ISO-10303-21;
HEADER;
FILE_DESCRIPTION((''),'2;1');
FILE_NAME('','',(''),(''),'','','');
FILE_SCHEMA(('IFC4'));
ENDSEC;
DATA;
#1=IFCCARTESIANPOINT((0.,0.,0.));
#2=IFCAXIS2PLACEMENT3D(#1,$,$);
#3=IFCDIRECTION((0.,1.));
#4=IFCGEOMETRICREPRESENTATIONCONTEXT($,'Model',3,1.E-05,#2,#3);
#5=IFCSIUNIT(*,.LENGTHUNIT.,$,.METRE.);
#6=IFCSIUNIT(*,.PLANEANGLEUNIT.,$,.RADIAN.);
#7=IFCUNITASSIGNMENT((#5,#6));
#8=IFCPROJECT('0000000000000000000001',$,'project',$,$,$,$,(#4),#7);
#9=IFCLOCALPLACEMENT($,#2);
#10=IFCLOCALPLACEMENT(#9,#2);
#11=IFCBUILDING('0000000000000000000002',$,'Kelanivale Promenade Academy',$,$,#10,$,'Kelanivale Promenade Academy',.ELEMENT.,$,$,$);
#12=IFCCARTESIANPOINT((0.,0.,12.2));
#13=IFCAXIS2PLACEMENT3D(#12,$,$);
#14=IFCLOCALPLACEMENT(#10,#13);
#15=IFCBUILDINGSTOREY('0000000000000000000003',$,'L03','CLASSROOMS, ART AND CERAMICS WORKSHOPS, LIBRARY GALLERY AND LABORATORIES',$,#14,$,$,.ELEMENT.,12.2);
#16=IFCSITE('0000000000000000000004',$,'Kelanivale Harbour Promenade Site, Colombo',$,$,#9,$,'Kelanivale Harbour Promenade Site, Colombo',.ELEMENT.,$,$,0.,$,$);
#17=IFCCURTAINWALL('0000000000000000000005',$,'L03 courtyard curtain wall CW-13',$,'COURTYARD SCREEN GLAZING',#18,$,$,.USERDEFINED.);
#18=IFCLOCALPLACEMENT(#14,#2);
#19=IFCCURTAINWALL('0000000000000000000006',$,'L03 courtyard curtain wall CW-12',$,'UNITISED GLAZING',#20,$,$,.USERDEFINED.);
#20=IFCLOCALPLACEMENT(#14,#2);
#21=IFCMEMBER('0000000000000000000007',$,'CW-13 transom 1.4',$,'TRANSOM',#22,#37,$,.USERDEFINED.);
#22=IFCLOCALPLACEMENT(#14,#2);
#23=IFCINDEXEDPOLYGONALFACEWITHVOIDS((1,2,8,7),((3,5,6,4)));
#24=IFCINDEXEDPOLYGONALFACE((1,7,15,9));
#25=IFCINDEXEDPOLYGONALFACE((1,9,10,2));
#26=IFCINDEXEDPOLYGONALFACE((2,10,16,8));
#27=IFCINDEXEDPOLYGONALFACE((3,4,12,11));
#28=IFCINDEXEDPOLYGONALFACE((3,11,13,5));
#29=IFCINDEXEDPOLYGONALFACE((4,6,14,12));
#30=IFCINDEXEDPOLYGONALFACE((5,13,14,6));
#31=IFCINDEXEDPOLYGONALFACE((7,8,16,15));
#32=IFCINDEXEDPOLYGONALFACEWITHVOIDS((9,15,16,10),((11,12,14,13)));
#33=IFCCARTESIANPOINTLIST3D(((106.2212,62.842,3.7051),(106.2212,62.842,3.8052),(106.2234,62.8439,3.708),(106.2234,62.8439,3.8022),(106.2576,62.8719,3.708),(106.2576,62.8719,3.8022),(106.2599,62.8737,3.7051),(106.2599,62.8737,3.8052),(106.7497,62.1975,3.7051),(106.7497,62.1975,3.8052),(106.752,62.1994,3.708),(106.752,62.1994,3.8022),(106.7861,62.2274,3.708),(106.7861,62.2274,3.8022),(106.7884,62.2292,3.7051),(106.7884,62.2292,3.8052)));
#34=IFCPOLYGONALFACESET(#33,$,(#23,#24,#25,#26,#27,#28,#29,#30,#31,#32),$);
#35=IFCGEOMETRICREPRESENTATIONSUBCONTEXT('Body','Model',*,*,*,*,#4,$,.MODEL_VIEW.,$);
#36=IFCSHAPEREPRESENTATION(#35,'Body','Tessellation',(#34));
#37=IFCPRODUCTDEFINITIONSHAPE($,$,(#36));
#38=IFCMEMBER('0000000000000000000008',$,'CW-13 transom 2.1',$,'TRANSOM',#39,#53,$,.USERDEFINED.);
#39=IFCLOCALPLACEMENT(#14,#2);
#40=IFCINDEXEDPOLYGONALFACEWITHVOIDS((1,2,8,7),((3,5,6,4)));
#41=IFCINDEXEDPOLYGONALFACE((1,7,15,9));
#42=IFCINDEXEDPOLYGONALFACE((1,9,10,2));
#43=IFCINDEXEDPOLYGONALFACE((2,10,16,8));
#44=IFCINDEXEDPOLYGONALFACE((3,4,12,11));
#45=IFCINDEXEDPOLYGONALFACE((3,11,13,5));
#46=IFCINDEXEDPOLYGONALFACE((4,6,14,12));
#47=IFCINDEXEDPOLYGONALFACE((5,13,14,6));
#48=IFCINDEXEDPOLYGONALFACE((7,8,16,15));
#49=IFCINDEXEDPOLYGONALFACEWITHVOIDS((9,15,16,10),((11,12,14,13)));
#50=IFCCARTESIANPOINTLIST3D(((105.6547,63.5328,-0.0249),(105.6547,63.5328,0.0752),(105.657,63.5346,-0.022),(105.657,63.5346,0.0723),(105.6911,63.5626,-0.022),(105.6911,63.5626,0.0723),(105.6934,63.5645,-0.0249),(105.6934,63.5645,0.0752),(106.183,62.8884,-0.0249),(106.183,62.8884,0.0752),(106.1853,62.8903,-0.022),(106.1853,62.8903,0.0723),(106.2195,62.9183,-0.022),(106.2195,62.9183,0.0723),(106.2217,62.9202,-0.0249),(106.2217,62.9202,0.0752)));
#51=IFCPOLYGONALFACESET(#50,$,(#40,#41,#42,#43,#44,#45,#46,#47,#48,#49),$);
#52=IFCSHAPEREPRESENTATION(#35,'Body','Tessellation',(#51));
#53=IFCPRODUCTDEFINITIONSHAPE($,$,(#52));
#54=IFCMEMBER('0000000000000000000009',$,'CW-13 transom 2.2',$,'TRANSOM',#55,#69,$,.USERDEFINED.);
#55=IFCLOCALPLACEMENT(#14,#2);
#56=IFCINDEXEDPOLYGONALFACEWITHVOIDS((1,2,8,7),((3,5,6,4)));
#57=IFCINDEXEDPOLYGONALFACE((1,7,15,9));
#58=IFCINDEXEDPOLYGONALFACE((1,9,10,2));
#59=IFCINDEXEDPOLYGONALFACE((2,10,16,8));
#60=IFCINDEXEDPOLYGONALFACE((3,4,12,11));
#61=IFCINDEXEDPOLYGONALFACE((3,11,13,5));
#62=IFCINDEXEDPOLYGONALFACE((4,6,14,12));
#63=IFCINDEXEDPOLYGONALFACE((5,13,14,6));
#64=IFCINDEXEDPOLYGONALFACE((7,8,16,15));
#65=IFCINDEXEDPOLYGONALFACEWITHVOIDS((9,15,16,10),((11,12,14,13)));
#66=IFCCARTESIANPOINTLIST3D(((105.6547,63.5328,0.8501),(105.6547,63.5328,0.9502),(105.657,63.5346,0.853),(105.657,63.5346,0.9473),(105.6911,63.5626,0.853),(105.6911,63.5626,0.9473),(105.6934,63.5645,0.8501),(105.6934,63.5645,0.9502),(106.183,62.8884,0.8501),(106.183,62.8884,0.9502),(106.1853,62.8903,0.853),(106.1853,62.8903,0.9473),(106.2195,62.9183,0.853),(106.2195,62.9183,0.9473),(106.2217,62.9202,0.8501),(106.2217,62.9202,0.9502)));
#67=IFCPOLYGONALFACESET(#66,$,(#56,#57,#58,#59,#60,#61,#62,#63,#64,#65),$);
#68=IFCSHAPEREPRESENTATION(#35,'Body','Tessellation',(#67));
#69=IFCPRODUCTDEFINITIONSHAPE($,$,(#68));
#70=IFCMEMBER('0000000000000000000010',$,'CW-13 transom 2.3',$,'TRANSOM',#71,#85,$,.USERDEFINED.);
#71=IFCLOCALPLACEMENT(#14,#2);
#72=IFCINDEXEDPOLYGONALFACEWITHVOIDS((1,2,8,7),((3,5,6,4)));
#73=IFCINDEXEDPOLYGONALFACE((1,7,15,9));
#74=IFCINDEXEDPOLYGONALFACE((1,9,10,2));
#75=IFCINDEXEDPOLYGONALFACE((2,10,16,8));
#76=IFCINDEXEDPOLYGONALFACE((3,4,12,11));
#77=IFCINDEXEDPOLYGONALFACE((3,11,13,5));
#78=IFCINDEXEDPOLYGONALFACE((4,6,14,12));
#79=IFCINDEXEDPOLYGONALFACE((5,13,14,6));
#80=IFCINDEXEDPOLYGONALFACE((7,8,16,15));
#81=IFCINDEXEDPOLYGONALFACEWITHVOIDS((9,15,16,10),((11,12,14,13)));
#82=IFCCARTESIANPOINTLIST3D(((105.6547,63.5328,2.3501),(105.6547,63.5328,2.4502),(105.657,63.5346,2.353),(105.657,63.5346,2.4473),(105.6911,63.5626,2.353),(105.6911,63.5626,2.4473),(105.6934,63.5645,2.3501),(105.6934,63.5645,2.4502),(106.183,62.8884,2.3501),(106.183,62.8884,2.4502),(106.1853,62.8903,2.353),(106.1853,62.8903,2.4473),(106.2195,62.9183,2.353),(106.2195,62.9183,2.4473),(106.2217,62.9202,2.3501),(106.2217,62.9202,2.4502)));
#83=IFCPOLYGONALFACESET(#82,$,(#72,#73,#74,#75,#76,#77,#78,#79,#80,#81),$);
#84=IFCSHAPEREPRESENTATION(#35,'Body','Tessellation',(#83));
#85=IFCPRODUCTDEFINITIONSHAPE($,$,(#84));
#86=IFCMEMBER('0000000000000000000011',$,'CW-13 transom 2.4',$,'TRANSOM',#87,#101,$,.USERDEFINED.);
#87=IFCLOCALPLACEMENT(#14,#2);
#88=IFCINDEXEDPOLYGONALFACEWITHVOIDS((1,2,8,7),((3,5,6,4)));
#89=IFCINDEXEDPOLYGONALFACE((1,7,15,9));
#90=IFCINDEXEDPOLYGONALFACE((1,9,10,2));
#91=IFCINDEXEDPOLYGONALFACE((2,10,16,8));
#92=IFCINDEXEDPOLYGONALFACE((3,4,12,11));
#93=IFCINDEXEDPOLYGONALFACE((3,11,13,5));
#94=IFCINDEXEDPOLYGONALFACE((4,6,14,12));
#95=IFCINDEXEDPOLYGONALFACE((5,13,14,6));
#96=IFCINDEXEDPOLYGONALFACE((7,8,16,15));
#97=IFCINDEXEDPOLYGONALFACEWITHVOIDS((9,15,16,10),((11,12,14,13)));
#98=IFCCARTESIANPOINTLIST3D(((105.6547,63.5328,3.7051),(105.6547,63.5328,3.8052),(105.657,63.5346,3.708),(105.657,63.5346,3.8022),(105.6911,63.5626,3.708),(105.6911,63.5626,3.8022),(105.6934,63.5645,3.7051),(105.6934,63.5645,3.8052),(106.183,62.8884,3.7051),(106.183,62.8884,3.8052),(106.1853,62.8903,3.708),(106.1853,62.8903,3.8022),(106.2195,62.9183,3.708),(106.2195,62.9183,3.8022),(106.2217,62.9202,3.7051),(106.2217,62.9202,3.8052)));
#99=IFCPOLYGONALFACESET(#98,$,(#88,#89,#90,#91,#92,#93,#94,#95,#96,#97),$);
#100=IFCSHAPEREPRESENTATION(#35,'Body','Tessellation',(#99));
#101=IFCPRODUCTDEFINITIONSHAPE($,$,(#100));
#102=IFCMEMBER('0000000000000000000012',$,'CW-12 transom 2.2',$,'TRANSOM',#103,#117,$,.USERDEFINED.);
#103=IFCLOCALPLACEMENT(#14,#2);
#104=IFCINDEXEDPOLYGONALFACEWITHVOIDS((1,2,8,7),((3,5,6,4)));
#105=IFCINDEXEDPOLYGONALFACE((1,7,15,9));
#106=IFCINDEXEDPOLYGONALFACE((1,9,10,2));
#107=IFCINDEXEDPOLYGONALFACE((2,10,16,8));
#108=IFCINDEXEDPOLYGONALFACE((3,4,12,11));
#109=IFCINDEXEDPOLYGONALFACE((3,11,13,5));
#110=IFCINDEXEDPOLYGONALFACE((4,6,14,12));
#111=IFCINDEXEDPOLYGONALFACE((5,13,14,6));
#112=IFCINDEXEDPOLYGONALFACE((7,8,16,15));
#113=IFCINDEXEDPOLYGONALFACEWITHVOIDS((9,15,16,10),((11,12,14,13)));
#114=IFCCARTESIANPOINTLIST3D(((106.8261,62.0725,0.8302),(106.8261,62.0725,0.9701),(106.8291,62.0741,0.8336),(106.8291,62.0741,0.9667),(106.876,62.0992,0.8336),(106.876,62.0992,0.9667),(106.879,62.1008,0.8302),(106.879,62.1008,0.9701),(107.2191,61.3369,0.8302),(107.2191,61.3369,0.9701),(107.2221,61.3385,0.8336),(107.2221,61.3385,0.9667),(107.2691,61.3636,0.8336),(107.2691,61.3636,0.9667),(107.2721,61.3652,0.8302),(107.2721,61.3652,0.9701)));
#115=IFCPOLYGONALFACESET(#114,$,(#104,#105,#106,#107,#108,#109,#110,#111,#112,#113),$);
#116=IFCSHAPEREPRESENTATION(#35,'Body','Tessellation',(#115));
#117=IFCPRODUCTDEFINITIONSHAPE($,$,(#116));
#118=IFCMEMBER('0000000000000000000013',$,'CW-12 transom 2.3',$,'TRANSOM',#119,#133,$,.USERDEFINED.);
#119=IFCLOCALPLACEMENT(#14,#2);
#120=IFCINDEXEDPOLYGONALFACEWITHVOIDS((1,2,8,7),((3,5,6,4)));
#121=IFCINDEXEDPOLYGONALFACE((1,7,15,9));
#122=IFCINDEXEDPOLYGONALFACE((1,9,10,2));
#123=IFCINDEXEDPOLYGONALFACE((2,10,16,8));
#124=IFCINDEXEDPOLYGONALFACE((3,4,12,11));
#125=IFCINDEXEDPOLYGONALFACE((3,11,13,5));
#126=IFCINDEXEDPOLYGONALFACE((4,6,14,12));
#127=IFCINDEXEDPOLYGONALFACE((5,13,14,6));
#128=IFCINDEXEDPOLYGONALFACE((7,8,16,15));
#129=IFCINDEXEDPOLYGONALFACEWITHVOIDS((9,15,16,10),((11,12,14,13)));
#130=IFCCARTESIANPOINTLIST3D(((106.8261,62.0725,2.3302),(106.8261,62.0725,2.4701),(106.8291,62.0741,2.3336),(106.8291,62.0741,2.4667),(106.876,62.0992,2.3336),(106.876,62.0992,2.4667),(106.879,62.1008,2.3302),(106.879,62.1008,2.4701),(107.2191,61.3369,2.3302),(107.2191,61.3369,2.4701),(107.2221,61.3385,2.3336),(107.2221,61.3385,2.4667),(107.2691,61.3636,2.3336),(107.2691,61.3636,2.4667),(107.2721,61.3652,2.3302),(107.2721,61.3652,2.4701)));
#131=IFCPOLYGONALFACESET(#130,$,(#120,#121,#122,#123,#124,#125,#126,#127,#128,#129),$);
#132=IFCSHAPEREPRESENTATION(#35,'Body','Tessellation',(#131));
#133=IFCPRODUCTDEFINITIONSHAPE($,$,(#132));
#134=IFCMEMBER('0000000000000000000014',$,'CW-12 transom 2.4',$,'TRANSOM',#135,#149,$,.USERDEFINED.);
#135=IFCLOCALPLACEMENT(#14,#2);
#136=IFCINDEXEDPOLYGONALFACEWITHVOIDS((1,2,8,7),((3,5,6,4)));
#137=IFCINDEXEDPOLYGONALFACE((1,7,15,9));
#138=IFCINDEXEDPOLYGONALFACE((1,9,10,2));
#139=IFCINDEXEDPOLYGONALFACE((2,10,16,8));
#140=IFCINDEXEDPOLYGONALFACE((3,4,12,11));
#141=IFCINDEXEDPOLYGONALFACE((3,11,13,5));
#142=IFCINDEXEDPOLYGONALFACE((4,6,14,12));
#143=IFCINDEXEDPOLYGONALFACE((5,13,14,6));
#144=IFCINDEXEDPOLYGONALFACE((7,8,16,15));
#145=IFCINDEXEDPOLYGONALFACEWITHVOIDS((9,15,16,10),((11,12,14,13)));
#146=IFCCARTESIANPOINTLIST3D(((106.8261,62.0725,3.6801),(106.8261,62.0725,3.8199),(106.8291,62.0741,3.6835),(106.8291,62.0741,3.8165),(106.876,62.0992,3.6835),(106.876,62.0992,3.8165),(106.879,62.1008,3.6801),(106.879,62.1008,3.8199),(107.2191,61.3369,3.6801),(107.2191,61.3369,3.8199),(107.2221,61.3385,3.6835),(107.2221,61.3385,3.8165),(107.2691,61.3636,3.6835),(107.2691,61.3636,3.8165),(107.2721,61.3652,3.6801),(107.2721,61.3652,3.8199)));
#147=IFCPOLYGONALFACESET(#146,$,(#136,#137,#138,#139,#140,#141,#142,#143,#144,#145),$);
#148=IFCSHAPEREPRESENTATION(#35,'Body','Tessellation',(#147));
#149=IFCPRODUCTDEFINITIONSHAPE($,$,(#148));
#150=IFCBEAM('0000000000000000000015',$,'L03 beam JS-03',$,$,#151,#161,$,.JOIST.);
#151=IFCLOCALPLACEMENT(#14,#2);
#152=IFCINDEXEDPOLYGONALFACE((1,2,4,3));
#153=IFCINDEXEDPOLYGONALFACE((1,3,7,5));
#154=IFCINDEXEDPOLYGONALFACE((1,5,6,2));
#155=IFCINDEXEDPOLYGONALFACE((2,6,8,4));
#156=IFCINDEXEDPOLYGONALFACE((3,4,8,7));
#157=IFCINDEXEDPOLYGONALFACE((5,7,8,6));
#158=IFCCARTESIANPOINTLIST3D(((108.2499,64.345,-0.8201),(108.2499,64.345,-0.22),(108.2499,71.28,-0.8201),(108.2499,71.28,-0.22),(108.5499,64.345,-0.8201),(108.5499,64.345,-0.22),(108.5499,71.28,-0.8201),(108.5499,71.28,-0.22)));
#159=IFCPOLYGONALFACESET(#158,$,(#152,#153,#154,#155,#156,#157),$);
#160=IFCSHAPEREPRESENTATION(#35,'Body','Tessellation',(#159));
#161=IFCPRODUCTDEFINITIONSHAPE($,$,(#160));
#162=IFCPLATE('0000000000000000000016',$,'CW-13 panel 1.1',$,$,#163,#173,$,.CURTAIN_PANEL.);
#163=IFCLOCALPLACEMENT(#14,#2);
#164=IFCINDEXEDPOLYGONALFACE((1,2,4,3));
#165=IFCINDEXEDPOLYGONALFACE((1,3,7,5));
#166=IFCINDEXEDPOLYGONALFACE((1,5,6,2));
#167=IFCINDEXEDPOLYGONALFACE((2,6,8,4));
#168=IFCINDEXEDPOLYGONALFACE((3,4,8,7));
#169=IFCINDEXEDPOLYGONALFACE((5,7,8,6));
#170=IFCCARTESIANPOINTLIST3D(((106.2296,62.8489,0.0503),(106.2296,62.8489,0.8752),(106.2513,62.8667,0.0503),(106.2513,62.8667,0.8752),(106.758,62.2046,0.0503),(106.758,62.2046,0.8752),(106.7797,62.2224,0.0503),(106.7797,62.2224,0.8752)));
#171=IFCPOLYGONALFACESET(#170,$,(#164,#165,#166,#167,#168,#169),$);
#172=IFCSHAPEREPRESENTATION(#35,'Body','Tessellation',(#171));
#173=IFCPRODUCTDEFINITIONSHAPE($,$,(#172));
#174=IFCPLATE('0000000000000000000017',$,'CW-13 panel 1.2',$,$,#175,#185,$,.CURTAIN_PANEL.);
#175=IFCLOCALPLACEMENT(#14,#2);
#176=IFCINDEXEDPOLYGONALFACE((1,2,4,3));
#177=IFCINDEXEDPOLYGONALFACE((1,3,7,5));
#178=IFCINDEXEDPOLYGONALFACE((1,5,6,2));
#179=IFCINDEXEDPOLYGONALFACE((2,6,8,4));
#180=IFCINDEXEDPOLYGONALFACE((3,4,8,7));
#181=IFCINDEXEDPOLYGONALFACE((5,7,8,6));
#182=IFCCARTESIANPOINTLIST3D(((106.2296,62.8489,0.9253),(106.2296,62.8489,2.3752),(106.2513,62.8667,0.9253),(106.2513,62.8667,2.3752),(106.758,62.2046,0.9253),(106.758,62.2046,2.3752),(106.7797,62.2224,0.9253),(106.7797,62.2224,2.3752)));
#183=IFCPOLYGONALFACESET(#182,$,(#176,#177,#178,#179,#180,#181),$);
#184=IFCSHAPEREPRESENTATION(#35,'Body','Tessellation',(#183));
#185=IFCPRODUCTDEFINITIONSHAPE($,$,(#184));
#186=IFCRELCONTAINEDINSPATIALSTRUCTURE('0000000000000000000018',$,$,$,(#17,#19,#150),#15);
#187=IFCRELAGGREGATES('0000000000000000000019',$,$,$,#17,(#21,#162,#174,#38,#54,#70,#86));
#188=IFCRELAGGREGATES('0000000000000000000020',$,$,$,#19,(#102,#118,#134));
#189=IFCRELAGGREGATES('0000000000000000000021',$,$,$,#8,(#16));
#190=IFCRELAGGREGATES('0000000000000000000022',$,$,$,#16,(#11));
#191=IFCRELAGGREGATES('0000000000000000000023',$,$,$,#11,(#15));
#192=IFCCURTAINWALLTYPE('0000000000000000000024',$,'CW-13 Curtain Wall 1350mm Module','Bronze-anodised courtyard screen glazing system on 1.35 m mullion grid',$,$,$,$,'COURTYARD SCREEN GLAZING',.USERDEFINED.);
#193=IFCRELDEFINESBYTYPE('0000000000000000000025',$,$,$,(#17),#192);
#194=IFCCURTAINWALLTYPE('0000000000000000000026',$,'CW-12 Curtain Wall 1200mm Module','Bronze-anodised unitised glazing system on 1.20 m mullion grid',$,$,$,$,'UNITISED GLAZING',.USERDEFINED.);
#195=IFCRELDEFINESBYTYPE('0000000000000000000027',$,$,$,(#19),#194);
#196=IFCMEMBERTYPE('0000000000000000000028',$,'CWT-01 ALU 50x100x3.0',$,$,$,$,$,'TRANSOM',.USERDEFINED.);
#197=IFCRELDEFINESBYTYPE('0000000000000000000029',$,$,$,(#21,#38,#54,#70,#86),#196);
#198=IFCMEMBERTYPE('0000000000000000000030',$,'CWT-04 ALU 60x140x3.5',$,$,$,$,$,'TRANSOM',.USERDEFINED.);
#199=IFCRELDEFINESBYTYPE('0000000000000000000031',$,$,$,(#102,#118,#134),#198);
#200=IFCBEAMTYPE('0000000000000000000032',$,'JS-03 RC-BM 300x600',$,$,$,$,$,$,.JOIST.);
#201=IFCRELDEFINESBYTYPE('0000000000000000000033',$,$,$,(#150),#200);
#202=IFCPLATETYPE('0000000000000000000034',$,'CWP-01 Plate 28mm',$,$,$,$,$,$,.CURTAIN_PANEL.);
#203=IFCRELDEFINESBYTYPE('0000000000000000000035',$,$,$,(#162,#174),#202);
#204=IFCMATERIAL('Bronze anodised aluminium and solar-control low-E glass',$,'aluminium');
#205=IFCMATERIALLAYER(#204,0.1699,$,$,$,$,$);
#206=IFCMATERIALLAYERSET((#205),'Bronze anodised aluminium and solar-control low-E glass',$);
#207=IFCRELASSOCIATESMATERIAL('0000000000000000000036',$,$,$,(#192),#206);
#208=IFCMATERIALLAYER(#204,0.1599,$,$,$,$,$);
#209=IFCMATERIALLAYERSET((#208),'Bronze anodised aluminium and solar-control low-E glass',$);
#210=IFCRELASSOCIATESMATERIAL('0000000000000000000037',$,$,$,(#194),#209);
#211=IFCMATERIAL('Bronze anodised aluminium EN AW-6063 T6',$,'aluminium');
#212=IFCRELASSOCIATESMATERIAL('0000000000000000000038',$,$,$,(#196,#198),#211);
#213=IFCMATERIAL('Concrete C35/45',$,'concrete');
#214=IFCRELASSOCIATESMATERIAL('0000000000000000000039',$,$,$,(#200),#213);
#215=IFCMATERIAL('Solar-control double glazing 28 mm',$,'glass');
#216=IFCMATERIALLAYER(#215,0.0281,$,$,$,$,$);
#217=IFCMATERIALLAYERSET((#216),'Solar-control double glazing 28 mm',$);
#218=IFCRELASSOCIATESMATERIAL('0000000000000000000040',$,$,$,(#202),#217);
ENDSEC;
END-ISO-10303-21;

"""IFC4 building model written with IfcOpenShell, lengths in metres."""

from ifc_helpers import new_model, si_unit, direction, frame, origin, origin_2d, place, context, subcontext, project, spatial, rectangle, hollow_rectangle, extrude, material, layer, layer_set, material_profile, profile_set, type_object, element, aggregate, save


model = new_model("IFC4")

# Units and contexts
model_context = context("Model", 3, precision=1e-05, world=origin(), true_north=direction((0.0, 1.0)))
body_context = subcontext(model_context, "Body", "Model", "MODEL_VIEW")
ifc_project = project(units=[si_unit("LENGTHUNIT", "METRE"), si_unit("PLANEANGLEUNIT", "RADIAN")], contexts=[model_context])

# Site, building, storey
site_placement = place(None, origin())
site = spatial("IfcSite", under=ifc_project, at=site_placement, Name="Kelanivale Harbour Promenade Site, Colombo", LongName="Kelanivale Harbour Promenade Site, Colombo", CompositionType="ELEMENT", RefElevation=0.0)
building_placement = place(site_placement, origin())
building = spatial("IfcBuilding", under=site, at=building_placement, Name="Kelanivale Promenade Academy", LongName="Kelanivale Promenade Academy", CompositionType="ELEMENT")
storey_placement = place(building_placement, frame((0.0, 0.0, 12.2)))
storey = spatial("IfcBuildingStorey", under=building, at=storey_placement, Name="L03", Description="CLASSROOMS, ART AND CERAMICS WORKSHOPS, LIBRARY GALLERY AND LABORATORIES", CompositionType="ELEMENT", Elevation=12.2)

# Shared definitions
ifc_material_1 = material(Name="Concrete C35/45", Category="concrete")

# Curtain wall
ifc_material_2 = material(Name="Bronze anodised aluminium and solar-control low-E glass", Category="aluminium")
ifc_layer_1 = layer(ifc_material_2, 0.1699)
ifc_layer_set_1 = layer_set([ifc_layer_1], Name="Bronze anodised aluminium and solar-control low-E glass")
curtain_wall_type_1 = type_object("IfcCurtainWallType", Name="CW-13 Curtain Wall 1350mm Module", Description="Bronze-anodised courtyard screen glazing system on 1.35 m mullion grid", ElementType="COURTYARD SCREEN GLAZING", PredefinedType="USERDEFINED", material=ifc_layer_set_1)
curtain_wall_1_placement = place(storey_placement, origin())
curtain_wall_1 = element("IfcCurtainWall", 1, at=curtain_wall_1_placement, inside=storey, type_object=curtain_wall_type_1, Name="L03 courtyard curtain wall CW-13", ObjectType="COURTYARD SCREEN GLAZING", PredefinedType="USERDEFINED")
ifc_material_3 = material(Name="Bronze anodised aluminium EN AW-6063 T6", Category="aluminium")

# Curtain wall
ifc_layer_2 = layer(ifc_material_2, 0.1599)
ifc_layer_set_2 = layer_set([ifc_layer_2], Name="Bronze anodised aluminium and solar-control low-E glass")
curtain_wall_type_2 = type_object("IfcCurtainWallType", Name="CW-12 Curtain Wall 1200mm Module", Description="Bronze-anodised unitised glazing system on 1.20 m mullion grid", ElementType="UNITISED GLAZING", PredefinedType="USERDEFINED", material=ifc_layer_set_2)
curtain_wall_2_placement = place(storey_placement, origin())
curtain_wall_2 = element("IfcCurtainWall", 2, at=curtain_wall_2_placement, inside=storey, type_object=curtain_wall_type_2, Name="L03 courtyard curtain wall CW-12", ObjectType="UNITISED GLAZING", PredefinedType="USERDEFINED")

# Members
ifc_material_profile_1 = material_profile(ifc_material_3, hollow_rectangle(XDim=0.05, YDim=0.1001, WallThickness=0.0029, at=origin_2d()), Name="ALU 50x100x3.0")
ifc_profile_set_1 = profile_set([ifc_material_profile_1], Name="Bronze anodised aluminium EN AW-6063 T6")
member_type_1 = type_object("IfcMemberType", Name="CWT-01 ALU 50x100x3.0", ElementType="TRANSOM", PredefinedType="USERDEFINED", material=ifc_profile_set_1)
member_1_placement = place(storey_placement, frame((106.769, 62.2134, 3.7551), z_axis=(-0.634115, 0.773239, 0.0), x_axis=(-0.773239, -0.634115, 0.0)))
member_1 = element("IfcMember", 3, at=member_1_placement, type_object=member_type_1, Name="CW-13 transom 1.4", ObjectType="TRANSOM", PredefinedType="USERDEFINED", context=body_context, shape_type="SweptSolid", body=[
    extrude(hollow_rectangle(XDim=0.05, YDim=0.1001, WallThickness=0.0029, at=origin_2d()), origin(), (0.0, 0.0, 1.0), 0.8335),
])
member_2_placement = place(storey_placement, frame((106.2024, 62.9043, 0.0251), z_axis=(-0.634083, 0.773265, 0.0), x_axis=(-0.773265, -0.634083, 0.0)))
member_2 = element("IfcMember", 4, at=member_2_placement, type_object=member_type_1, Name="CW-13 transom 2.1", ObjectType="TRANSOM", PredefinedType="USERDEFINED", context=body_context, shape_type="SweptSolid", body=[
    extrude(hollow_rectangle(XDim=0.05, YDim=0.1001, WallThickness=0.0029, at=origin_2d()), origin(), (0.0, 0.0, 1.0), 0.8333),
])
member_3_placement = place(storey_placement, frame((106.2024, 62.9043, 0.9001), z_axis=(-0.634083, 0.773265, 0.0), x_axis=(-0.773265, -0.634083, 0.0)))
member_3 = element("IfcMember", 5, at=member_3_placement, type_object=member_type_1, Name="CW-13 transom 2.2", ObjectType="TRANSOM", PredefinedType="USERDEFINED", context=body_context, shape_type="SweptSolid", body=[
    extrude(hollow_rectangle(XDim=0.05, YDim=0.1001, WallThickness=0.0029, at=origin_2d()), origin(), (0.0, 0.0, 1.0), 0.8333),
])
member_4_placement = place(storey_placement, frame((106.2024, 62.9043, 2.4001), z_axis=(-0.634083, 0.773265, 0.0), x_axis=(-0.773265, -0.634083, 0.0)))
member_4 = element("IfcMember", 6, at=member_4_placement, type_object=member_type_1, Name="CW-13 transom 2.3", ObjectType="TRANSOM", PredefinedType="USERDEFINED", context=body_context, shape_type="SweptSolid", body=[
    extrude(hollow_rectangle(XDim=0.05, YDim=0.1001, WallThickness=0.0029, at=origin_2d()), origin(), (0.0, 0.0, 1.0), 0.8333),
])
member_5_placement = place(storey_placement, frame((106.2024, 62.9043, 3.7551), z_axis=(-0.634083, 0.773265, 0.0), x_axis=(-0.773265, -0.634083, 0.0)))
member_5 = element("IfcMember", 7, at=member_5_placement, type_object=member_type_1, Name="CW-13 transom 2.4", ObjectType="TRANSOM", PredefinedType="USERDEFINED", context=body_context, shape_type="SweptSolid", body=[
    extrude(hollow_rectangle(XDim=0.05, YDim=0.1001, WallThickness=0.0029, at=origin_2d()), origin(), (0.0, 0.0, 1.0), 0.8333),
])
ifc_material_profile_2 = material_profile(ifc_material_3, hollow_rectangle(XDim=0.0601, YDim=0.1399, WallThickness=0.0034, at=origin_2d()), Name="ALU 60x140x3.5")
ifc_profile_set_2 = profile_set([ifc_material_profile_2], Name="Bronze anodised aluminium EN AW-6063 T6")
member_type_2 = type_object("IfcMemberType", Name="CWT-04 ALU 60x140x3.5", ElementType="TRANSOM", PredefinedType="USERDEFINED", material=ifc_profile_set_2)
member_6_placement = place(storey_placement, frame((107.2456, 61.3511, 0.9001), z_axis=(-0.471287, 0.88198, 0.0), x_axis=(-0.88198, -0.471287, 0.0)))
member_6 = element("IfcMember", 8, at=member_6_placement, type_object=member_type_2, Name="CW-12 transom 2.2", ObjectType="TRANSOM", PredefinedType="USERDEFINED", context=body_context, shape_type="SweptSolid", body=[
    extrude(hollow_rectangle(XDim=0.0601, YDim=0.1399, WallThickness=0.0034, at=origin_2d()), origin(), (0.0, 0.0, 1.0), 0.834),
])
member_7_placement = place(storey_placement, frame((107.2456, 61.3511, 2.4001), z_axis=(-0.471287, 0.88198, 0.0), x_axis=(-0.88198, -0.471287, 0.0)))
member_7 = element("IfcMember", 9, at=member_7_placement, type_object=member_type_2, Name="CW-12 transom 2.3", ObjectType="TRANSOM", PredefinedType="USERDEFINED", context=body_context, shape_type="SweptSolid", body=[
    extrude(hollow_rectangle(XDim=0.0601, YDim=0.1399, WallThickness=0.0034, at=origin_2d()), origin(), (0.0, 0.0, 1.0), 0.834),
])
member_8_placement = place(storey_placement, frame((107.2456, 61.3511, 3.75), z_axis=(-0.471287, 0.88198, 0.0), x_axis=(-0.88198, -0.471287, 0.0)))
member_8 = element("IfcMember", 10, at=member_8_placement, type_object=member_type_2, Name="CW-12 transom 2.4", ObjectType="TRANSOM", PredefinedType="USERDEFINED", context=body_context, shape_type="SweptSolid", body=[
    extrude(hollow_rectangle(XDim=0.0601, YDim=0.1399, WallThickness=0.0034, at=origin_2d()), origin(), (0.0, 0.0, 1.0), 0.834),
])

# Beam
ifc_material_profile_3 = material_profile(ifc_material_1, rectangle(XDim=0.3, YDim=0.6001, at=origin_2d()), Name="RC-BM 300x600")
ifc_profile_set_3 = profile_set([ifc_material_profile_3], Name="Concrete C35/45")
beam_type_1 = type_object("IfcBeamType", Name="JS-03 RC-BM 300x600", PredefinedType="JOIST", material=ifc_profile_set_3)
beam_1_placement = place(storey_placement, frame((108.3999, 64.345, -0.52), z_axis=(0.0, 1.0, 0.0), x_axis=(-1.0, 0.0, 0.0)))
element("IfcBeam", 11, at=beam_1_placement, inside=storey, type_object=beam_type_1, Name="L03 beam JS-03", PredefinedType="JOIST", context=body_context, shape_type="SweptSolid", body=[
    extrude(rectangle(XDim=0.3, YDim=0.6001, at=origin_2d()), origin(), (0.0, 0.0, 1.0), 6.9351),
])

# Plates
ifc_material_4 = material(Name="Solar-control double glazing 28 mm", Category="glass")
ifc_layer_3 = layer(ifc_material_4, 0.0281)
ifc_layer_set_3 = layer_set([ifc_layer_3], Name="Solar-control double glazing 28 mm")
plate_type_1 = type_object("IfcPlateType", Name="CWP-01 Plate 28mm", PredefinedType="CURTAIN_PANEL", material=ifc_layer_set_3)
plate_1_placement = place(storey_placement, frame((106.5046, 62.5356, 0.0503), z_axis=(0.0, 0.0, 1.0), x_axis=(-0.634093, 0.773257, 0.0)))
plate_1 = element("IfcPlate", 12, at=plate_1_placement, type_object=plate_type_1, Name="CW-13 panel 1.1", PredefinedType="CURTAIN_PANEL", context=body_context, shape_type="SweptSolid", body=[
    extrude(rectangle(XDim=0.8333, YDim=0.0281, at=origin_2d()), origin(), (0.0, 0.0, 1.0), 0.825),
])
plate_2_placement = place(storey_placement, frame((106.5046, 62.5356, 0.9253), z_axis=(0.0, 0.0, 1.0), x_axis=(-0.634093, 0.773257, 0.0)))
plate_2 = element("IfcPlate", 13, at=plate_2_placement, type_object=plate_type_1, Name="CW-13 panel 1.2", PredefinedType="CURTAIN_PANEL", context=body_context, shape_type="SweptSolid", body=[
    extrude(rectangle(XDim=0.8333, YDim=0.0281, at=origin_2d()), origin(), (0.0, 0.0, 1.0), 1.45),
])
aggregate(curtain_wall_1, [member_1, plate_1, plate_2, member_2, member_3, member_4, member_5])
aggregate(curtain_wall_2, [member_6, member_7, member_8])

save(model, "model.ifc")
